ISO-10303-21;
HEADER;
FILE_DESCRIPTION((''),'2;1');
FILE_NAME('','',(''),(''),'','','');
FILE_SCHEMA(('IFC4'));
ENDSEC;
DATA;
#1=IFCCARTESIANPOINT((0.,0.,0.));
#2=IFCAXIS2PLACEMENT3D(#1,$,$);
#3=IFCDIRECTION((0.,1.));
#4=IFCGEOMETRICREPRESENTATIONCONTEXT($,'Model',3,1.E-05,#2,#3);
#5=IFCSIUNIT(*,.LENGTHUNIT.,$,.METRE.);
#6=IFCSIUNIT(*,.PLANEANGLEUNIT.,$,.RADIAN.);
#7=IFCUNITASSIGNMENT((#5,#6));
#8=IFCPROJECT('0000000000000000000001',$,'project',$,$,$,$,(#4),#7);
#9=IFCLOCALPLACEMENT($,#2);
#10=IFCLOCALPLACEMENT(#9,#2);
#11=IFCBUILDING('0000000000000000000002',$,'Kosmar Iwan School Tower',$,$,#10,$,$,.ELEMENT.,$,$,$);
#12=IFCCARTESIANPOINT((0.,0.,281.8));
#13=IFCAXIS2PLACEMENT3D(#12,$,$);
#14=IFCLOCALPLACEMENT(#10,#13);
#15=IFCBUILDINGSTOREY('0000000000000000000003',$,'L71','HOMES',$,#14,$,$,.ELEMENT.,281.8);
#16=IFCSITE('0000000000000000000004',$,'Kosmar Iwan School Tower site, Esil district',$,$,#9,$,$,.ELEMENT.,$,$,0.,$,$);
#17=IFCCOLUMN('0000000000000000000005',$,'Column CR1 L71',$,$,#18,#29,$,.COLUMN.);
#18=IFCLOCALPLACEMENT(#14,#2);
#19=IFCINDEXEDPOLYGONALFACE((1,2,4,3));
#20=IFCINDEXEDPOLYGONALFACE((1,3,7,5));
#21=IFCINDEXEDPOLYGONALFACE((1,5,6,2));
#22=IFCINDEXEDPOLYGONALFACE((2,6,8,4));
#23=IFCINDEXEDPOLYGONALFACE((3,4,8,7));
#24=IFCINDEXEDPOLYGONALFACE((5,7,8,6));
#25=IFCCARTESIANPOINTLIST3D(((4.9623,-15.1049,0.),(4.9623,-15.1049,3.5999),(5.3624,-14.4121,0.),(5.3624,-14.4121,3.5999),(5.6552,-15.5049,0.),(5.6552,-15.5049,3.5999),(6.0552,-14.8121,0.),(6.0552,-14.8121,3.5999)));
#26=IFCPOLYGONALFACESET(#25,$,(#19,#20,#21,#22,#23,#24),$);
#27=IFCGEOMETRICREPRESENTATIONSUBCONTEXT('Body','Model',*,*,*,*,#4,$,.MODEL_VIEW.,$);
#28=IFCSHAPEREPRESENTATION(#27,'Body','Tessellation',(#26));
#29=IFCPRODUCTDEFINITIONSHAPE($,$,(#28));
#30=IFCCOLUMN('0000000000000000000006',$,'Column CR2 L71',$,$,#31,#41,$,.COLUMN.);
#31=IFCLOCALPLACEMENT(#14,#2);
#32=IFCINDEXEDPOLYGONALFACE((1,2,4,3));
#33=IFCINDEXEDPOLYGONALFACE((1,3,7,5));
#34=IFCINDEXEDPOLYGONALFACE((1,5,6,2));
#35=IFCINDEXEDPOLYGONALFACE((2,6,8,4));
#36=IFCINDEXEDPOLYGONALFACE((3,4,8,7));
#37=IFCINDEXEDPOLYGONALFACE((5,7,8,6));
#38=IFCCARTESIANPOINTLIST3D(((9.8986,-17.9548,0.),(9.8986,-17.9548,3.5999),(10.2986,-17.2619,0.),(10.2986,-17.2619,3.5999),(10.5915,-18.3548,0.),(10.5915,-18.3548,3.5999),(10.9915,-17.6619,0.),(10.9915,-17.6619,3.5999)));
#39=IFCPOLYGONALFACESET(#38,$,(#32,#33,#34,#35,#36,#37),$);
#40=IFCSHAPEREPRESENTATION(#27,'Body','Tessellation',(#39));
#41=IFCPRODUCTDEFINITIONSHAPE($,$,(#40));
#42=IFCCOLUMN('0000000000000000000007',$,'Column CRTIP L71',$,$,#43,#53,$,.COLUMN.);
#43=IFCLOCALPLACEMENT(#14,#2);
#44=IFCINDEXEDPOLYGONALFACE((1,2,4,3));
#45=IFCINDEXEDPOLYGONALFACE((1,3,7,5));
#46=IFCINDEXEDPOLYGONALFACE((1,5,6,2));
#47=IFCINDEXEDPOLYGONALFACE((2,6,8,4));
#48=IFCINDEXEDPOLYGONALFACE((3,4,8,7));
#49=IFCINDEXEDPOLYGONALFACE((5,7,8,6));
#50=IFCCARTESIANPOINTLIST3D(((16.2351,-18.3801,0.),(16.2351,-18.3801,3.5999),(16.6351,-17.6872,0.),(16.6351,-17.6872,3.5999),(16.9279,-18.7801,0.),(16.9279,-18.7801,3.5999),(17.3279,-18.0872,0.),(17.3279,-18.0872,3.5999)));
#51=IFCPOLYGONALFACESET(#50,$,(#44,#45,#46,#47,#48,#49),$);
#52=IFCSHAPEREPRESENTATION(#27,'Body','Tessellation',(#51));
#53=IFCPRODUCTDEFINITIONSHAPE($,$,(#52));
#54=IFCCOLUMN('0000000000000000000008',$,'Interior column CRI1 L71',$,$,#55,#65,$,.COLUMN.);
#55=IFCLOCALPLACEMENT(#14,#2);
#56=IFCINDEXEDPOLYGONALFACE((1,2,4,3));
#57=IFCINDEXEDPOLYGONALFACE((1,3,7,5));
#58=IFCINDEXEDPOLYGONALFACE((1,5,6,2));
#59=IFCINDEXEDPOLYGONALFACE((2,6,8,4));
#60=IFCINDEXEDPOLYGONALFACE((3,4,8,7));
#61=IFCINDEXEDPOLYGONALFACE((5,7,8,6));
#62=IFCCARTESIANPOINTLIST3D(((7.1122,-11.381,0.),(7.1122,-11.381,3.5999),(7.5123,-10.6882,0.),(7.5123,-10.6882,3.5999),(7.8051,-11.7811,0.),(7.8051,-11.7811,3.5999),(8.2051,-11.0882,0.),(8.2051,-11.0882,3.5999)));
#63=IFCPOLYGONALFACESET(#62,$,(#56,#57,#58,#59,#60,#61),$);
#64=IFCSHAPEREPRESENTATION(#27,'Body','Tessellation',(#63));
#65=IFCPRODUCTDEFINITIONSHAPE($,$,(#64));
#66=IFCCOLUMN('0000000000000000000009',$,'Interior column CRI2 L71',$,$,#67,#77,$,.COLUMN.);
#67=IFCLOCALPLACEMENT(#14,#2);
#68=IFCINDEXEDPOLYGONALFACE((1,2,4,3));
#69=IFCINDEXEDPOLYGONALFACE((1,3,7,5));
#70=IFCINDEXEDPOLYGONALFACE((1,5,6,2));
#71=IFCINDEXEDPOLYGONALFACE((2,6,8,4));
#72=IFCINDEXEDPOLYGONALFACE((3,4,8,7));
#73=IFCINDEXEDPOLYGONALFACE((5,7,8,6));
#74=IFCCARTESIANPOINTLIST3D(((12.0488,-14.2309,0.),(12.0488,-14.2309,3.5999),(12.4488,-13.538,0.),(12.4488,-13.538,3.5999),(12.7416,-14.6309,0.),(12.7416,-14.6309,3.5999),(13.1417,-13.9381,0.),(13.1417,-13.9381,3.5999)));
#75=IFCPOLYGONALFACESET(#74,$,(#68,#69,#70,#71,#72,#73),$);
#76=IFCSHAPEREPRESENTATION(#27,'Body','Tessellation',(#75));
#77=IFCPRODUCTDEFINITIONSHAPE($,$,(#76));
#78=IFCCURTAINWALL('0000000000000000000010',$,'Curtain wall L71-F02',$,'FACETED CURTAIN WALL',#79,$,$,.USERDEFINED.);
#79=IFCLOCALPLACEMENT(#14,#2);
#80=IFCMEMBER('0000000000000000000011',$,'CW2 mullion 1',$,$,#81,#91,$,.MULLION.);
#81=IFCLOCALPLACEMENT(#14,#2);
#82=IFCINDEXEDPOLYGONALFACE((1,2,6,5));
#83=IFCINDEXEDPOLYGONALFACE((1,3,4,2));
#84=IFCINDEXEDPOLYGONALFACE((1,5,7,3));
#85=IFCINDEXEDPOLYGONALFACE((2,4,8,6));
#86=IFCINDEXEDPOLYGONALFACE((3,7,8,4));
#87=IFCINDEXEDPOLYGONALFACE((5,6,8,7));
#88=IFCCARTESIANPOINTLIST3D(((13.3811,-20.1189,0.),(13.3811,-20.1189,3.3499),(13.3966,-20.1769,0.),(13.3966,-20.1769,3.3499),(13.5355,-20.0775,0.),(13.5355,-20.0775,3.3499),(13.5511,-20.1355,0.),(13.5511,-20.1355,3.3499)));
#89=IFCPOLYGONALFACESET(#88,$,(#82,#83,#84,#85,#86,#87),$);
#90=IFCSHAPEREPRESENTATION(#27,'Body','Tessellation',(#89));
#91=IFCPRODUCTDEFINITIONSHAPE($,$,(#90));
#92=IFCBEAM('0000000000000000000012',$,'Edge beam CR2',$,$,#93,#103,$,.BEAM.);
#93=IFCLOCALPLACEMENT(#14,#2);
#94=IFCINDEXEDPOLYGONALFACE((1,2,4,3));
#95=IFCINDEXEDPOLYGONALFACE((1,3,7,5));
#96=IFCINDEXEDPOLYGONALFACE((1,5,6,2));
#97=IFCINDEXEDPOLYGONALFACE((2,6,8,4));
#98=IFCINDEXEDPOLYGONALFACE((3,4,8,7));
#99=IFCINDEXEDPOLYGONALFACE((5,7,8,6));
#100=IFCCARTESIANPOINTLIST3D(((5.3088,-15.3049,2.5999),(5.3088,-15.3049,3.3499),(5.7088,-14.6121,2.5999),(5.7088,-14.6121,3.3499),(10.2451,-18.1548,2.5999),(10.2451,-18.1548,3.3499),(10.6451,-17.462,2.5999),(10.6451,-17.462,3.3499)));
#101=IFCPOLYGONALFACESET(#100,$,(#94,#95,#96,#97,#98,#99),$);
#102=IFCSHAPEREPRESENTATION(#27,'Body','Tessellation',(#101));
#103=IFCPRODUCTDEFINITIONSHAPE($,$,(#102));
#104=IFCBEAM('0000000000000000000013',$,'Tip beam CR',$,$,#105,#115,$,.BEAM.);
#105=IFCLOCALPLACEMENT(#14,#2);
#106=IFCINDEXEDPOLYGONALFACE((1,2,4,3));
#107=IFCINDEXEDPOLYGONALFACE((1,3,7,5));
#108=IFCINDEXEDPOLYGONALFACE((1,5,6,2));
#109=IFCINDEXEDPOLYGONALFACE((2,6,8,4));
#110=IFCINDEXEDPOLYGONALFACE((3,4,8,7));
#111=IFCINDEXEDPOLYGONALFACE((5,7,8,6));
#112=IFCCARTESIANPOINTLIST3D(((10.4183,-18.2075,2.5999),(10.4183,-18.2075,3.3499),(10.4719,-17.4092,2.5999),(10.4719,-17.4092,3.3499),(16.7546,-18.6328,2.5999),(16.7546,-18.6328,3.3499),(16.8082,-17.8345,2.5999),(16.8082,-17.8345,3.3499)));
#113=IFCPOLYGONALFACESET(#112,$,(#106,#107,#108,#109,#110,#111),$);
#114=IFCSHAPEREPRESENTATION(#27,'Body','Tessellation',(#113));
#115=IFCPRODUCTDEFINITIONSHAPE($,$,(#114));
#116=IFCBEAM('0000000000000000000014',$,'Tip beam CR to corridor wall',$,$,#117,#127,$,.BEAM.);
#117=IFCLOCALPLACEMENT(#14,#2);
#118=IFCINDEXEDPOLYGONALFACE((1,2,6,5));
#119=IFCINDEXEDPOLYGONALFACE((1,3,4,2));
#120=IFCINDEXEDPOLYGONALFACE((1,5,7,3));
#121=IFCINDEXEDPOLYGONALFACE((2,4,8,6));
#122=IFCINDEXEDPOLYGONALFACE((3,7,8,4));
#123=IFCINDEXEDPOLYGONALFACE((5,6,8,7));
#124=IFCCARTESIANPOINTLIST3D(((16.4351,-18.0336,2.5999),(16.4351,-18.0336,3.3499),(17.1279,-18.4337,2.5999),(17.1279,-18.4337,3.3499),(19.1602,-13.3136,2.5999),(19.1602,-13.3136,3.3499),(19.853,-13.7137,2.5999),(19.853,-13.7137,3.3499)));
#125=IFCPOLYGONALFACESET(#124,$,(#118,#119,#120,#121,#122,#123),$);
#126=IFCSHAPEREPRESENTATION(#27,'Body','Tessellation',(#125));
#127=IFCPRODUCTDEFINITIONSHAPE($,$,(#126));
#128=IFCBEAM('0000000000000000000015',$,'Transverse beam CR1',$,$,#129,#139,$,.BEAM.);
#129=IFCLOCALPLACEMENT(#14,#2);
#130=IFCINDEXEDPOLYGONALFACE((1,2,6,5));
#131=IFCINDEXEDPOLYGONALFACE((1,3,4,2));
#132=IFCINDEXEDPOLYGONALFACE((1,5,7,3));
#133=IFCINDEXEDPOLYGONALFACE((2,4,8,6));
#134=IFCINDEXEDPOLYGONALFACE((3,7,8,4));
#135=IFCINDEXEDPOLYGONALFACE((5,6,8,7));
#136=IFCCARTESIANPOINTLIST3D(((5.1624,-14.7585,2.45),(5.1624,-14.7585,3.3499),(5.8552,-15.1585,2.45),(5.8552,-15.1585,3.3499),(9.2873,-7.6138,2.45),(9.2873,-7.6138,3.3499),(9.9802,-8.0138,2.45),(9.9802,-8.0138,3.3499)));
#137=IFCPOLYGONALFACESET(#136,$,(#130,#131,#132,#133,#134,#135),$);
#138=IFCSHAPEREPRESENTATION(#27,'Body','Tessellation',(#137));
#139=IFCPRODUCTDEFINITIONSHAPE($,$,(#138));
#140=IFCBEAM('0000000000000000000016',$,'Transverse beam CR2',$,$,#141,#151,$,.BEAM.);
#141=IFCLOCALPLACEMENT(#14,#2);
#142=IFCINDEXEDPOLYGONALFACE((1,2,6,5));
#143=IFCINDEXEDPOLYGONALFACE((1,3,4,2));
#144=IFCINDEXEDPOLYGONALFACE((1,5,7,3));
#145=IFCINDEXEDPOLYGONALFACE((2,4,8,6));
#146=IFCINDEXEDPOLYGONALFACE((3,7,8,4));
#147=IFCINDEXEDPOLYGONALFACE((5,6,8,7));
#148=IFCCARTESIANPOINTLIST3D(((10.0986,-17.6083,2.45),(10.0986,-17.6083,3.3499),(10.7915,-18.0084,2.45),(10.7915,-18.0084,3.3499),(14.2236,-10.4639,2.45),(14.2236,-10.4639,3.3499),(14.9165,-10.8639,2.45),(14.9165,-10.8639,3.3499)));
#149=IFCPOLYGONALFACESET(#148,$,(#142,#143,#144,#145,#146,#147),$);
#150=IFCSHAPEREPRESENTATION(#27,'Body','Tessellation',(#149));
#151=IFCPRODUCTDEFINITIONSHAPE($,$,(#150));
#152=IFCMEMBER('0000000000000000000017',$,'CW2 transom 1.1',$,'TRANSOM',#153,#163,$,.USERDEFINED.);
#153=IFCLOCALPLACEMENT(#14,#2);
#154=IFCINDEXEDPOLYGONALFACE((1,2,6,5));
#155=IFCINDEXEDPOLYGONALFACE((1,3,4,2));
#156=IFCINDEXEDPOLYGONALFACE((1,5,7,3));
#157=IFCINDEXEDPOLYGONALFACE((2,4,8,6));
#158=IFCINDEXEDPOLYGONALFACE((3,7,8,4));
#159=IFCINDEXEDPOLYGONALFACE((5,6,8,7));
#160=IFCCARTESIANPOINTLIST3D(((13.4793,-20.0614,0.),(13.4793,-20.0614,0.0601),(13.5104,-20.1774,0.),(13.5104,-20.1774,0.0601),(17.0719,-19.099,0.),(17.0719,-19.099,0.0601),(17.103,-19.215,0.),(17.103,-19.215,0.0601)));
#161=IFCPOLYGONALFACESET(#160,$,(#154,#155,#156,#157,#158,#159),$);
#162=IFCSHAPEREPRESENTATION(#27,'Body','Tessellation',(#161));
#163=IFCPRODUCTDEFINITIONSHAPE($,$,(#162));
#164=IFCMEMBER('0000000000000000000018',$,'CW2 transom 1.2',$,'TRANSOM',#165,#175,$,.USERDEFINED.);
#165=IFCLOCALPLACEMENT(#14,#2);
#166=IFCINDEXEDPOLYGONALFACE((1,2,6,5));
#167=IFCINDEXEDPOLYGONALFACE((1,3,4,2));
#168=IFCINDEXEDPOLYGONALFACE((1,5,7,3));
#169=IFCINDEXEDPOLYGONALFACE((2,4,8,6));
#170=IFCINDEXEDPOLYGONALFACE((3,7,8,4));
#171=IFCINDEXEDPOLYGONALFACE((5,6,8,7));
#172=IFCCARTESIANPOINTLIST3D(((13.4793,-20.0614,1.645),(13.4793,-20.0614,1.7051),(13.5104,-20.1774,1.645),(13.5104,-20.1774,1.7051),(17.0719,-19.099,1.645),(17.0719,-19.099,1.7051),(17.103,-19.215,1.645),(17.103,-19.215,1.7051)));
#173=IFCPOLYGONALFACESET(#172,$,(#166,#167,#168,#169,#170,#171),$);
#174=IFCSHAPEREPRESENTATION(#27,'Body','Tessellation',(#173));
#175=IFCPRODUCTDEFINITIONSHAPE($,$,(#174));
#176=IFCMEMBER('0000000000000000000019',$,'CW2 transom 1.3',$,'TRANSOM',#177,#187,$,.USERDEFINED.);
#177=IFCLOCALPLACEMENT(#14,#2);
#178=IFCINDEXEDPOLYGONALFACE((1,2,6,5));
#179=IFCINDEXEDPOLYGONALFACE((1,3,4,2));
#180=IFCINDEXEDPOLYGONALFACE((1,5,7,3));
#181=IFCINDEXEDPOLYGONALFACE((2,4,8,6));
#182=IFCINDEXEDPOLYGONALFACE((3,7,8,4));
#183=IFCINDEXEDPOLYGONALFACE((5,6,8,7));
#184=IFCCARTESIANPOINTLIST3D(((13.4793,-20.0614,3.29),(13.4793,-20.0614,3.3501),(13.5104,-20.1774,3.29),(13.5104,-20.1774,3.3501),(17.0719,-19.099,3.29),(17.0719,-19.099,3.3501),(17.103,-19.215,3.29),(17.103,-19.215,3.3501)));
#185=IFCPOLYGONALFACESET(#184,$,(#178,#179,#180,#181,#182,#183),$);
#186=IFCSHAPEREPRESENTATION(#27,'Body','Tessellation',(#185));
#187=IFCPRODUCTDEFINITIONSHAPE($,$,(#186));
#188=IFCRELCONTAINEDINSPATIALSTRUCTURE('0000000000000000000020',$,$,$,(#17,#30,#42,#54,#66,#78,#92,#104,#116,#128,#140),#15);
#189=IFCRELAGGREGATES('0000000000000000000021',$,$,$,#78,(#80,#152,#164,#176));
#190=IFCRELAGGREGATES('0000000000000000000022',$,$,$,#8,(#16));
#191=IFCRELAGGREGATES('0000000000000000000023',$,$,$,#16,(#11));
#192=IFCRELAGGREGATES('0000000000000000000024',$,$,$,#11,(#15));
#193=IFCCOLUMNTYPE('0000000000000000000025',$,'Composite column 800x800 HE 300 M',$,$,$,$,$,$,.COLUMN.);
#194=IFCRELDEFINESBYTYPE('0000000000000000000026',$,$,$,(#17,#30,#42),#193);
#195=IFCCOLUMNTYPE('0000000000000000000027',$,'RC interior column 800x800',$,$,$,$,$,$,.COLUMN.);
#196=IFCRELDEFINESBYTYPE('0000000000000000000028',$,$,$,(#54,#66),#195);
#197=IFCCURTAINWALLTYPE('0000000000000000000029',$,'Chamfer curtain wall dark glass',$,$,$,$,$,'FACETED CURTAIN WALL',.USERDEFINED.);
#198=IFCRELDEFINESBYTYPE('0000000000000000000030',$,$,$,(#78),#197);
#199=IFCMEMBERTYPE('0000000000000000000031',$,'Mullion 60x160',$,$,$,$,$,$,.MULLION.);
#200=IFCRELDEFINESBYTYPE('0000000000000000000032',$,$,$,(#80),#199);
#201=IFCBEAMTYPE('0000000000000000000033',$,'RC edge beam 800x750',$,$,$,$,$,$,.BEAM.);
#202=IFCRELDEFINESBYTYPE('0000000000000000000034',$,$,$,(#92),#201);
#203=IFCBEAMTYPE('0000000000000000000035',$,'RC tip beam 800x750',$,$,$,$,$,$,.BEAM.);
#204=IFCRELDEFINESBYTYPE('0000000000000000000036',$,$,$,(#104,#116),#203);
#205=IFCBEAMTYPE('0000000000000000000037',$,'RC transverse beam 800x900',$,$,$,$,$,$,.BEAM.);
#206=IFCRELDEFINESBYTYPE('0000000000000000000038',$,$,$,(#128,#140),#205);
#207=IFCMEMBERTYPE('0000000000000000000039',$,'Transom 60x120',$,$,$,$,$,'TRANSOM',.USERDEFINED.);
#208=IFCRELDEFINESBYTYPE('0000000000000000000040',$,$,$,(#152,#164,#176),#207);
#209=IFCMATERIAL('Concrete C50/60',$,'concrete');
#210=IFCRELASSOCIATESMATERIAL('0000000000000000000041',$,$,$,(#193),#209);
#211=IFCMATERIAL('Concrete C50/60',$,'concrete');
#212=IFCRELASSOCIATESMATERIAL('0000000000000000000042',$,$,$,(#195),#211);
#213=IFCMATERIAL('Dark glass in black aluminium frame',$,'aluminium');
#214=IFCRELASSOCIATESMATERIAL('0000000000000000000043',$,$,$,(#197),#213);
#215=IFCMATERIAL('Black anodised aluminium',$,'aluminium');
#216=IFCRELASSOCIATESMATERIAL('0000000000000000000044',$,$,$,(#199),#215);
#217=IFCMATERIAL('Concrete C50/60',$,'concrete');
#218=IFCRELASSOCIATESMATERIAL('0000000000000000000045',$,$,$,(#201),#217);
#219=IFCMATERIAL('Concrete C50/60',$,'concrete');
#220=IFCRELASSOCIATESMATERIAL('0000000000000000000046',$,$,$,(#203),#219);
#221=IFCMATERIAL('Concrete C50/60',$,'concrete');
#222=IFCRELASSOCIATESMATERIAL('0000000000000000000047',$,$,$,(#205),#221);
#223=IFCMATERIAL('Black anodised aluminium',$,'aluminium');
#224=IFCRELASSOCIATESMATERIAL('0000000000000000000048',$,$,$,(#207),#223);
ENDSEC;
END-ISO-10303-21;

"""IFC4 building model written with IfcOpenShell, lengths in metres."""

from ifc_helpers import new_model, si_unit, direction, frame, origin, origin_2d, place, context, subcontext, project, spatial, rectangle, extrude, material, material_profile, profile_set, type_object, element, aggregate, save


model = new_model("IFC4")

# Units and contexts
model_context = context("Model", 3, precision=1e-05, world=origin(), true_north=direction((0.0, 1.0)))
body_context = subcontext(model_context, "Body", "Model", "MODEL_VIEW")
ifc_project = project(units=[si_unit("LENGTHUNIT", "METRE"), si_unit("PLANEANGLEUNIT", "RADIAN")], contexts=[model_context])

# Site, building, storey
site_placement = place(None, origin())
site = spatial("IfcSite", under=ifc_project, at=site_placement, Name="Kosmar Iwan School Tower site, Esil district", CompositionType="ELEMENT", RefElevation=0.0)
building_placement = place(site_placement, origin())
building = spatial("IfcBuilding", under=site, at=building_placement, Name="Kosmar Iwan School Tower", CompositionType="ELEMENT")
storey_placement = place(building_placement, frame((0.0, 0.0, 281.8)))
storey = spatial("IfcBuildingStorey", under=building, at=storey_placement, Name="L71", Description="HOMES", CompositionType="ELEMENT", Elevation=281.8)

# Columns
ifc_material_1 = material(Name="Concrete C50/60", Category="concrete")
ifc_material_profile_1 = material_profile(ifc_material_1, rectangle(XDim=0.8, YDim=0.8, at=origin_2d()), Name="RC 800x800 + HE 300 M")
ifc_profile_set_1 = profile_set([ifc_material_profile_1], Name="Concrete C50/60")
column_type_1 = type_object("IfcColumnType", Name="Composite column 800x800 HE 300 M", PredefinedType="COLUMN", material=ifc_profile_set_1)
for number, where, z_axis, x_axis, name in (
    (1, (5.5088, -14.9585, 0.0), (0.0, 0.0, 1.0), (0.866025, -0.5, 0.0), "Column CR1 L71"),
    (2, (10.4451, -17.8083, 0.0), (0.0, 0.0, 1.0), (0.866025, -0.5, 0.0), "Column CR2 L71"),
    (3, (16.7815, -18.2336, 0.0), (0.0, 0.0, 1.0), (0.866025, -0.5, 0.0), "Column CRTIP L71"),
):
    element("IfcColumn", number, at=place(storey_placement, frame(where, z_axis=z_axis, x_axis=x_axis)), inside=storey, type_object=column_type_1, Name=name, PredefinedType="COLUMN", context=body_context, shape_type="SweptSolid", body=[
        extrude(rectangle(XDim=0.8, YDim=0.8, at=origin_2d()), origin(), (0.0, 0.0, 1.0), 3.5999),
    ])
ifc_material_2 = material(Name="Concrete C50/60", Category="concrete")
ifc_material_profile_2 = material_profile(ifc_material_2, rectangle(XDim=0.8, YDim=0.8, at=origin_2d()), Name="RC 800x800")
ifc_profile_set_2 = profile_set([ifc_material_profile_2], Name="Concrete C50/60")
column_type_2 = type_object("IfcColumnType", Name="RC interior column 800x800", PredefinedType="COLUMN", material=ifc_profile_set_2)
for number, where, z_axis, x_axis, name in (
    (4, (7.6587, -11.2346, 0.0), (0.0, 0.0, 1.0), (0.866025, -0.5, 0.0), "Interior column CRI1 L71"),
    (5, (12.5952, -14.0845, 0.0), (0.0, 0.0, 1.0), (0.866025, -0.5, 0.0), "Interior column CRI2 L71"),
):
    element("IfcColumn", number, at=place(storey_placement, frame(where, z_axis=z_axis, x_axis=x_axis)), inside=storey, type_object=column_type_2, Name=name, PredefinedType="COLUMN", context=body_context, shape_type="SweptSolid", body=[
        extrude(rectangle(XDim=0.8, YDim=0.8, at=origin_2d()), origin(), (0.0, 0.0, 1.0), 3.5999),
    ])

# Curtain wall, member
ifc_material_3 = material(Name="Dark glass in black aluminium frame", Category="aluminium")
curtain_wall_type = type_object("IfcCurtainWallType", Name="Chamfer curtain wall dark glass", ElementType="FACETED CURTAIN WALL", PredefinedType="USERDEFINED", material=ifc_material_3)
curtain_wall_placement = place(storey_placement, origin())
curtain_wall = element("IfcCurtainWall", 6, at=curtain_wall_placement, inside=storey, type_object=curtain_wall_type, Name="Curtain wall L71-F02", ObjectType="FACETED CURTAIN WALL", PredefinedType="USERDEFINED")
ifc_material_4 = material(Name="Black anodised aluminium", Category="aluminium")
ifc_material_profile_3 = material_profile(ifc_material_4, rectangle(XDim=0.0601, YDim=0.1599, at=origin_2d()), Name="MULLION 60x160")
ifc_profile_set_3 = profile_set([ifc_material_profile_3], Name="Black anodised aluminium")
member_type_1 = type_object("IfcMemberType", Name="Mullion 60x160", PredefinedType="MULLION", material=ifc_profile_set_3)
member_1_placement = place(storey_placement, frame((13.4661, -20.1272, 0.0), z_axis=(0.0, 0.0, 1.0), x_axis=(-0.258819, 0.965926, 0.0)))
member_1 = element("IfcMember", 7, at=member_1_placement, type_object=member_type_1, Name="CW2 mullion 1", PredefinedType="MULLION", context=body_context, shape_type="SweptSolid", body=[
    extrude(rectangle(XDim=0.0601, YDim=0.1599, at=origin_2d()), origin(), (0.0, 0.0, 1.0), 3.3499),
])

# Beams
ifc_material_5 = material(Name="Concrete C50/60", Category="concrete")
ifc_material_profile_4 = material_profile(ifc_material_5, rectangle(XDim=0.8, YDim=0.75, at=origin_2d()), Name="RC 800x750")
ifc_profile_set_4 = profile_set([ifc_material_profile_4], Name="Concrete C50/60")
beam_type_1 = type_object("IfcBeamType", Name="RC edge beam 800x750", PredefinedType="BEAM", material=ifc_profile_set_4)
beam_1_placement = place(storey_placement, frame((5.5088, -14.9585, 2.9749), z_axis=(0.866034, -0.499986, 0.0), x_axis=(0.499986, 0.866034, 0.0)))
element("IfcBeam", 8, at=beam_1_placement, inside=storey, type_object=beam_type_1, Name="Edge beam CR2", PredefinedType="BEAM", context=body_context, shape_type="SweptSolid", body=[
    extrude(rectangle(XDim=0.8, YDim=0.75, at=origin_2d()), origin(), (0.0, 0.0, 1.0), 5.7),
])
ifc_material_6 = material(Name="Concrete C50/60", Category="concrete")
ifc_material_profile_5 = material_profile(ifc_material_6, rectangle(XDim=0.8, YDim=0.75, at=origin_2d()), Name="RC 800x750")
ifc_profile_set_5 = profile_set([ifc_material_profile_5], Name="Concrete C50/60")
beam_type_2 = type_object("IfcBeamType", Name="RC tip beam 800x750", PredefinedType="BEAM", material=ifc_profile_set_5)
beam_2_placement = place(storey_placement, frame((10.4451, -17.8083, 2.9749), z_axis=(0.997755, -0.066968, 0.0), x_axis=(0.066968, 0.997755, 0.0)))
element("IfcBeam", 9, at=beam_2_placement, inside=storey, type_object=beam_type_2, Name="Tip beam CR", PredefinedType="BEAM", context=body_context, shape_type="SweptSolid", body=[
    extrude(rectangle(XDim=0.8, YDim=0.75, at=origin_2d()), origin(), (0.0, 0.0, 1.0), 6.3506),
])
beam_3_placement = place(storey_placement, frame((16.7815, -18.2336, 2.9749), z_axis=(0.500003, 0.866024, 0.0), x_axis=(-0.866024, 0.500003, 0.0)))
element("IfcBeam", 10, at=beam_3_placement, inside=storey, type_object=beam_type_2, Name="Tip beam CR to corridor wall", PredefinedType="BEAM", context=body_context, shape_type="SweptSolid", body=[
    extrude(rectangle(XDim=0.8, YDim=0.75, at=origin_2d()), origin(), (0.0, 0.0, 1.0), 5.4502),
])
ifc_material_7 = material(Name="Concrete C50/60", Category="concrete")
ifc_material_profile_6 = material_profile(ifc_material_7, rectangle(XDim=0.8, YDim=0.8999, at=origin_2d()), Name="RC 800x900")
ifc_profile_set_6 = profile_set([ifc_material_profile_6], Name="Concrete C50/60")
beam_type_3 = type_object("IfcBeamType", Name="RC transverse beam 800x900", PredefinedType="BEAM", material=ifc_profile_set_6)
beam_4_placement = place(storey_placement, frame((5.5088, -14.9585, 2.8999), z_axis=(0.499997, 0.866027, 0.0), x_axis=(-0.866027, 0.499997, 0.0)))
element("IfcBeam", 11, at=beam_4_placement, inside=storey, type_object=beam_type_3, Name="Transverse beam CR1", PredefinedType="BEAM", context=body_context, shape_type="SweptSolid", body=[
    extrude(rectangle(XDim=0.8, YDim=0.8999, at=origin_2d()), origin(), (0.0, 0.0, 1.0), 8.25),
])
beam_5_placement = place(storey_placement, frame((10.4451, -17.8083, 2.8999), z_axis=(0.500009, 0.86602, 0.0), x_axis=(-0.86602, 0.500009, 0.0)))
element("IfcBeam", 12, at=beam_5_placement, inside=storey, type_object=beam_type_3, Name="Transverse beam CR2", PredefinedType="BEAM", context=body_context, shape_type="SweptSolid", body=[
    extrude(rectangle(XDim=0.8, YDim=0.8999, at=origin_2d()), origin(), (0.0, 0.0, 1.0), 8.2498),
])

# Members
ifc_material_8 = material(Name="Black anodised aluminium", Category="aluminium")
ifc_material_profile_7 = material_profile(ifc_material_8, rectangle(XDim=0.1201, YDim=0.0601, at=origin_2d()), Name="TRANSOM 60x120")
ifc_profile_set_7 = profile_set([ifc_material_profile_7], Name="Black anodised aluminium")
member_type_2 = type_object("IfcMemberType", Name="Transom 60x120", ElementType="TRANSOM", PredefinedType="USERDEFINED", material=ifc_profile_set_7)
member_2_placement = place(storey_placement, frame((13.4949, -20.1194, 0.03), z_axis=(0.96594, 0.258766, 0.0), x_axis=(-0.258766, 0.96594, 0.0)))
member_2 = element("IfcMember", 13, at=member_2_placement, type_object=member_type_2, Name="CW2 transom 1.1", ObjectType="TRANSOM", PredefinedType="USERDEFINED", context=body_context, shape_type="SweptSolid", body=[
    extrude(rectangle(XDim=0.1201, YDim=0.0601, at=origin_2d()), origin(), (0.0, 0.0, 1.0), 3.7192),
])
member_3_placement = place(storey_placement, frame((13.4949, -20.1194, 1.675), z_axis=(0.96594, 0.258766, 0.0), x_axis=(-0.258766, 0.96594, 0.0)))
member_3 = element("IfcMember", 14, at=member_3_placement, type_object=member_type_2, Name="CW2 transom 1.2", ObjectType="TRANSOM", PredefinedType="USERDEFINED", context=body_context, shape_type="SweptSolid", body=[
    extrude(rectangle(XDim=0.1201, YDim=0.0601, at=origin_2d()), origin(), (0.0, 0.0, 1.0), 3.7192),
])
member_4_placement = place(storey_placement, frame((13.4949, -20.1194, 3.3201), z_axis=(0.96594, 0.258766, 0.0), x_axis=(-0.258766, 0.96594, 0.0)))
member_4 = element("IfcMember", 15, at=member_4_placement, type_object=member_type_2, Name="CW2 transom 1.3", ObjectType="TRANSOM", PredefinedType="USERDEFINED", context=body_context, shape_type="SweptSolid", body=[
    extrude(rectangle(XDim=0.1201, YDim=0.0601, at=origin_2d()), origin(), (0.0, 0.0, 1.0), 3.7192),
])

aggregate(curtain_wall, [member_1, member_2, member_3, member_4])

save(model, "model.ifc")
